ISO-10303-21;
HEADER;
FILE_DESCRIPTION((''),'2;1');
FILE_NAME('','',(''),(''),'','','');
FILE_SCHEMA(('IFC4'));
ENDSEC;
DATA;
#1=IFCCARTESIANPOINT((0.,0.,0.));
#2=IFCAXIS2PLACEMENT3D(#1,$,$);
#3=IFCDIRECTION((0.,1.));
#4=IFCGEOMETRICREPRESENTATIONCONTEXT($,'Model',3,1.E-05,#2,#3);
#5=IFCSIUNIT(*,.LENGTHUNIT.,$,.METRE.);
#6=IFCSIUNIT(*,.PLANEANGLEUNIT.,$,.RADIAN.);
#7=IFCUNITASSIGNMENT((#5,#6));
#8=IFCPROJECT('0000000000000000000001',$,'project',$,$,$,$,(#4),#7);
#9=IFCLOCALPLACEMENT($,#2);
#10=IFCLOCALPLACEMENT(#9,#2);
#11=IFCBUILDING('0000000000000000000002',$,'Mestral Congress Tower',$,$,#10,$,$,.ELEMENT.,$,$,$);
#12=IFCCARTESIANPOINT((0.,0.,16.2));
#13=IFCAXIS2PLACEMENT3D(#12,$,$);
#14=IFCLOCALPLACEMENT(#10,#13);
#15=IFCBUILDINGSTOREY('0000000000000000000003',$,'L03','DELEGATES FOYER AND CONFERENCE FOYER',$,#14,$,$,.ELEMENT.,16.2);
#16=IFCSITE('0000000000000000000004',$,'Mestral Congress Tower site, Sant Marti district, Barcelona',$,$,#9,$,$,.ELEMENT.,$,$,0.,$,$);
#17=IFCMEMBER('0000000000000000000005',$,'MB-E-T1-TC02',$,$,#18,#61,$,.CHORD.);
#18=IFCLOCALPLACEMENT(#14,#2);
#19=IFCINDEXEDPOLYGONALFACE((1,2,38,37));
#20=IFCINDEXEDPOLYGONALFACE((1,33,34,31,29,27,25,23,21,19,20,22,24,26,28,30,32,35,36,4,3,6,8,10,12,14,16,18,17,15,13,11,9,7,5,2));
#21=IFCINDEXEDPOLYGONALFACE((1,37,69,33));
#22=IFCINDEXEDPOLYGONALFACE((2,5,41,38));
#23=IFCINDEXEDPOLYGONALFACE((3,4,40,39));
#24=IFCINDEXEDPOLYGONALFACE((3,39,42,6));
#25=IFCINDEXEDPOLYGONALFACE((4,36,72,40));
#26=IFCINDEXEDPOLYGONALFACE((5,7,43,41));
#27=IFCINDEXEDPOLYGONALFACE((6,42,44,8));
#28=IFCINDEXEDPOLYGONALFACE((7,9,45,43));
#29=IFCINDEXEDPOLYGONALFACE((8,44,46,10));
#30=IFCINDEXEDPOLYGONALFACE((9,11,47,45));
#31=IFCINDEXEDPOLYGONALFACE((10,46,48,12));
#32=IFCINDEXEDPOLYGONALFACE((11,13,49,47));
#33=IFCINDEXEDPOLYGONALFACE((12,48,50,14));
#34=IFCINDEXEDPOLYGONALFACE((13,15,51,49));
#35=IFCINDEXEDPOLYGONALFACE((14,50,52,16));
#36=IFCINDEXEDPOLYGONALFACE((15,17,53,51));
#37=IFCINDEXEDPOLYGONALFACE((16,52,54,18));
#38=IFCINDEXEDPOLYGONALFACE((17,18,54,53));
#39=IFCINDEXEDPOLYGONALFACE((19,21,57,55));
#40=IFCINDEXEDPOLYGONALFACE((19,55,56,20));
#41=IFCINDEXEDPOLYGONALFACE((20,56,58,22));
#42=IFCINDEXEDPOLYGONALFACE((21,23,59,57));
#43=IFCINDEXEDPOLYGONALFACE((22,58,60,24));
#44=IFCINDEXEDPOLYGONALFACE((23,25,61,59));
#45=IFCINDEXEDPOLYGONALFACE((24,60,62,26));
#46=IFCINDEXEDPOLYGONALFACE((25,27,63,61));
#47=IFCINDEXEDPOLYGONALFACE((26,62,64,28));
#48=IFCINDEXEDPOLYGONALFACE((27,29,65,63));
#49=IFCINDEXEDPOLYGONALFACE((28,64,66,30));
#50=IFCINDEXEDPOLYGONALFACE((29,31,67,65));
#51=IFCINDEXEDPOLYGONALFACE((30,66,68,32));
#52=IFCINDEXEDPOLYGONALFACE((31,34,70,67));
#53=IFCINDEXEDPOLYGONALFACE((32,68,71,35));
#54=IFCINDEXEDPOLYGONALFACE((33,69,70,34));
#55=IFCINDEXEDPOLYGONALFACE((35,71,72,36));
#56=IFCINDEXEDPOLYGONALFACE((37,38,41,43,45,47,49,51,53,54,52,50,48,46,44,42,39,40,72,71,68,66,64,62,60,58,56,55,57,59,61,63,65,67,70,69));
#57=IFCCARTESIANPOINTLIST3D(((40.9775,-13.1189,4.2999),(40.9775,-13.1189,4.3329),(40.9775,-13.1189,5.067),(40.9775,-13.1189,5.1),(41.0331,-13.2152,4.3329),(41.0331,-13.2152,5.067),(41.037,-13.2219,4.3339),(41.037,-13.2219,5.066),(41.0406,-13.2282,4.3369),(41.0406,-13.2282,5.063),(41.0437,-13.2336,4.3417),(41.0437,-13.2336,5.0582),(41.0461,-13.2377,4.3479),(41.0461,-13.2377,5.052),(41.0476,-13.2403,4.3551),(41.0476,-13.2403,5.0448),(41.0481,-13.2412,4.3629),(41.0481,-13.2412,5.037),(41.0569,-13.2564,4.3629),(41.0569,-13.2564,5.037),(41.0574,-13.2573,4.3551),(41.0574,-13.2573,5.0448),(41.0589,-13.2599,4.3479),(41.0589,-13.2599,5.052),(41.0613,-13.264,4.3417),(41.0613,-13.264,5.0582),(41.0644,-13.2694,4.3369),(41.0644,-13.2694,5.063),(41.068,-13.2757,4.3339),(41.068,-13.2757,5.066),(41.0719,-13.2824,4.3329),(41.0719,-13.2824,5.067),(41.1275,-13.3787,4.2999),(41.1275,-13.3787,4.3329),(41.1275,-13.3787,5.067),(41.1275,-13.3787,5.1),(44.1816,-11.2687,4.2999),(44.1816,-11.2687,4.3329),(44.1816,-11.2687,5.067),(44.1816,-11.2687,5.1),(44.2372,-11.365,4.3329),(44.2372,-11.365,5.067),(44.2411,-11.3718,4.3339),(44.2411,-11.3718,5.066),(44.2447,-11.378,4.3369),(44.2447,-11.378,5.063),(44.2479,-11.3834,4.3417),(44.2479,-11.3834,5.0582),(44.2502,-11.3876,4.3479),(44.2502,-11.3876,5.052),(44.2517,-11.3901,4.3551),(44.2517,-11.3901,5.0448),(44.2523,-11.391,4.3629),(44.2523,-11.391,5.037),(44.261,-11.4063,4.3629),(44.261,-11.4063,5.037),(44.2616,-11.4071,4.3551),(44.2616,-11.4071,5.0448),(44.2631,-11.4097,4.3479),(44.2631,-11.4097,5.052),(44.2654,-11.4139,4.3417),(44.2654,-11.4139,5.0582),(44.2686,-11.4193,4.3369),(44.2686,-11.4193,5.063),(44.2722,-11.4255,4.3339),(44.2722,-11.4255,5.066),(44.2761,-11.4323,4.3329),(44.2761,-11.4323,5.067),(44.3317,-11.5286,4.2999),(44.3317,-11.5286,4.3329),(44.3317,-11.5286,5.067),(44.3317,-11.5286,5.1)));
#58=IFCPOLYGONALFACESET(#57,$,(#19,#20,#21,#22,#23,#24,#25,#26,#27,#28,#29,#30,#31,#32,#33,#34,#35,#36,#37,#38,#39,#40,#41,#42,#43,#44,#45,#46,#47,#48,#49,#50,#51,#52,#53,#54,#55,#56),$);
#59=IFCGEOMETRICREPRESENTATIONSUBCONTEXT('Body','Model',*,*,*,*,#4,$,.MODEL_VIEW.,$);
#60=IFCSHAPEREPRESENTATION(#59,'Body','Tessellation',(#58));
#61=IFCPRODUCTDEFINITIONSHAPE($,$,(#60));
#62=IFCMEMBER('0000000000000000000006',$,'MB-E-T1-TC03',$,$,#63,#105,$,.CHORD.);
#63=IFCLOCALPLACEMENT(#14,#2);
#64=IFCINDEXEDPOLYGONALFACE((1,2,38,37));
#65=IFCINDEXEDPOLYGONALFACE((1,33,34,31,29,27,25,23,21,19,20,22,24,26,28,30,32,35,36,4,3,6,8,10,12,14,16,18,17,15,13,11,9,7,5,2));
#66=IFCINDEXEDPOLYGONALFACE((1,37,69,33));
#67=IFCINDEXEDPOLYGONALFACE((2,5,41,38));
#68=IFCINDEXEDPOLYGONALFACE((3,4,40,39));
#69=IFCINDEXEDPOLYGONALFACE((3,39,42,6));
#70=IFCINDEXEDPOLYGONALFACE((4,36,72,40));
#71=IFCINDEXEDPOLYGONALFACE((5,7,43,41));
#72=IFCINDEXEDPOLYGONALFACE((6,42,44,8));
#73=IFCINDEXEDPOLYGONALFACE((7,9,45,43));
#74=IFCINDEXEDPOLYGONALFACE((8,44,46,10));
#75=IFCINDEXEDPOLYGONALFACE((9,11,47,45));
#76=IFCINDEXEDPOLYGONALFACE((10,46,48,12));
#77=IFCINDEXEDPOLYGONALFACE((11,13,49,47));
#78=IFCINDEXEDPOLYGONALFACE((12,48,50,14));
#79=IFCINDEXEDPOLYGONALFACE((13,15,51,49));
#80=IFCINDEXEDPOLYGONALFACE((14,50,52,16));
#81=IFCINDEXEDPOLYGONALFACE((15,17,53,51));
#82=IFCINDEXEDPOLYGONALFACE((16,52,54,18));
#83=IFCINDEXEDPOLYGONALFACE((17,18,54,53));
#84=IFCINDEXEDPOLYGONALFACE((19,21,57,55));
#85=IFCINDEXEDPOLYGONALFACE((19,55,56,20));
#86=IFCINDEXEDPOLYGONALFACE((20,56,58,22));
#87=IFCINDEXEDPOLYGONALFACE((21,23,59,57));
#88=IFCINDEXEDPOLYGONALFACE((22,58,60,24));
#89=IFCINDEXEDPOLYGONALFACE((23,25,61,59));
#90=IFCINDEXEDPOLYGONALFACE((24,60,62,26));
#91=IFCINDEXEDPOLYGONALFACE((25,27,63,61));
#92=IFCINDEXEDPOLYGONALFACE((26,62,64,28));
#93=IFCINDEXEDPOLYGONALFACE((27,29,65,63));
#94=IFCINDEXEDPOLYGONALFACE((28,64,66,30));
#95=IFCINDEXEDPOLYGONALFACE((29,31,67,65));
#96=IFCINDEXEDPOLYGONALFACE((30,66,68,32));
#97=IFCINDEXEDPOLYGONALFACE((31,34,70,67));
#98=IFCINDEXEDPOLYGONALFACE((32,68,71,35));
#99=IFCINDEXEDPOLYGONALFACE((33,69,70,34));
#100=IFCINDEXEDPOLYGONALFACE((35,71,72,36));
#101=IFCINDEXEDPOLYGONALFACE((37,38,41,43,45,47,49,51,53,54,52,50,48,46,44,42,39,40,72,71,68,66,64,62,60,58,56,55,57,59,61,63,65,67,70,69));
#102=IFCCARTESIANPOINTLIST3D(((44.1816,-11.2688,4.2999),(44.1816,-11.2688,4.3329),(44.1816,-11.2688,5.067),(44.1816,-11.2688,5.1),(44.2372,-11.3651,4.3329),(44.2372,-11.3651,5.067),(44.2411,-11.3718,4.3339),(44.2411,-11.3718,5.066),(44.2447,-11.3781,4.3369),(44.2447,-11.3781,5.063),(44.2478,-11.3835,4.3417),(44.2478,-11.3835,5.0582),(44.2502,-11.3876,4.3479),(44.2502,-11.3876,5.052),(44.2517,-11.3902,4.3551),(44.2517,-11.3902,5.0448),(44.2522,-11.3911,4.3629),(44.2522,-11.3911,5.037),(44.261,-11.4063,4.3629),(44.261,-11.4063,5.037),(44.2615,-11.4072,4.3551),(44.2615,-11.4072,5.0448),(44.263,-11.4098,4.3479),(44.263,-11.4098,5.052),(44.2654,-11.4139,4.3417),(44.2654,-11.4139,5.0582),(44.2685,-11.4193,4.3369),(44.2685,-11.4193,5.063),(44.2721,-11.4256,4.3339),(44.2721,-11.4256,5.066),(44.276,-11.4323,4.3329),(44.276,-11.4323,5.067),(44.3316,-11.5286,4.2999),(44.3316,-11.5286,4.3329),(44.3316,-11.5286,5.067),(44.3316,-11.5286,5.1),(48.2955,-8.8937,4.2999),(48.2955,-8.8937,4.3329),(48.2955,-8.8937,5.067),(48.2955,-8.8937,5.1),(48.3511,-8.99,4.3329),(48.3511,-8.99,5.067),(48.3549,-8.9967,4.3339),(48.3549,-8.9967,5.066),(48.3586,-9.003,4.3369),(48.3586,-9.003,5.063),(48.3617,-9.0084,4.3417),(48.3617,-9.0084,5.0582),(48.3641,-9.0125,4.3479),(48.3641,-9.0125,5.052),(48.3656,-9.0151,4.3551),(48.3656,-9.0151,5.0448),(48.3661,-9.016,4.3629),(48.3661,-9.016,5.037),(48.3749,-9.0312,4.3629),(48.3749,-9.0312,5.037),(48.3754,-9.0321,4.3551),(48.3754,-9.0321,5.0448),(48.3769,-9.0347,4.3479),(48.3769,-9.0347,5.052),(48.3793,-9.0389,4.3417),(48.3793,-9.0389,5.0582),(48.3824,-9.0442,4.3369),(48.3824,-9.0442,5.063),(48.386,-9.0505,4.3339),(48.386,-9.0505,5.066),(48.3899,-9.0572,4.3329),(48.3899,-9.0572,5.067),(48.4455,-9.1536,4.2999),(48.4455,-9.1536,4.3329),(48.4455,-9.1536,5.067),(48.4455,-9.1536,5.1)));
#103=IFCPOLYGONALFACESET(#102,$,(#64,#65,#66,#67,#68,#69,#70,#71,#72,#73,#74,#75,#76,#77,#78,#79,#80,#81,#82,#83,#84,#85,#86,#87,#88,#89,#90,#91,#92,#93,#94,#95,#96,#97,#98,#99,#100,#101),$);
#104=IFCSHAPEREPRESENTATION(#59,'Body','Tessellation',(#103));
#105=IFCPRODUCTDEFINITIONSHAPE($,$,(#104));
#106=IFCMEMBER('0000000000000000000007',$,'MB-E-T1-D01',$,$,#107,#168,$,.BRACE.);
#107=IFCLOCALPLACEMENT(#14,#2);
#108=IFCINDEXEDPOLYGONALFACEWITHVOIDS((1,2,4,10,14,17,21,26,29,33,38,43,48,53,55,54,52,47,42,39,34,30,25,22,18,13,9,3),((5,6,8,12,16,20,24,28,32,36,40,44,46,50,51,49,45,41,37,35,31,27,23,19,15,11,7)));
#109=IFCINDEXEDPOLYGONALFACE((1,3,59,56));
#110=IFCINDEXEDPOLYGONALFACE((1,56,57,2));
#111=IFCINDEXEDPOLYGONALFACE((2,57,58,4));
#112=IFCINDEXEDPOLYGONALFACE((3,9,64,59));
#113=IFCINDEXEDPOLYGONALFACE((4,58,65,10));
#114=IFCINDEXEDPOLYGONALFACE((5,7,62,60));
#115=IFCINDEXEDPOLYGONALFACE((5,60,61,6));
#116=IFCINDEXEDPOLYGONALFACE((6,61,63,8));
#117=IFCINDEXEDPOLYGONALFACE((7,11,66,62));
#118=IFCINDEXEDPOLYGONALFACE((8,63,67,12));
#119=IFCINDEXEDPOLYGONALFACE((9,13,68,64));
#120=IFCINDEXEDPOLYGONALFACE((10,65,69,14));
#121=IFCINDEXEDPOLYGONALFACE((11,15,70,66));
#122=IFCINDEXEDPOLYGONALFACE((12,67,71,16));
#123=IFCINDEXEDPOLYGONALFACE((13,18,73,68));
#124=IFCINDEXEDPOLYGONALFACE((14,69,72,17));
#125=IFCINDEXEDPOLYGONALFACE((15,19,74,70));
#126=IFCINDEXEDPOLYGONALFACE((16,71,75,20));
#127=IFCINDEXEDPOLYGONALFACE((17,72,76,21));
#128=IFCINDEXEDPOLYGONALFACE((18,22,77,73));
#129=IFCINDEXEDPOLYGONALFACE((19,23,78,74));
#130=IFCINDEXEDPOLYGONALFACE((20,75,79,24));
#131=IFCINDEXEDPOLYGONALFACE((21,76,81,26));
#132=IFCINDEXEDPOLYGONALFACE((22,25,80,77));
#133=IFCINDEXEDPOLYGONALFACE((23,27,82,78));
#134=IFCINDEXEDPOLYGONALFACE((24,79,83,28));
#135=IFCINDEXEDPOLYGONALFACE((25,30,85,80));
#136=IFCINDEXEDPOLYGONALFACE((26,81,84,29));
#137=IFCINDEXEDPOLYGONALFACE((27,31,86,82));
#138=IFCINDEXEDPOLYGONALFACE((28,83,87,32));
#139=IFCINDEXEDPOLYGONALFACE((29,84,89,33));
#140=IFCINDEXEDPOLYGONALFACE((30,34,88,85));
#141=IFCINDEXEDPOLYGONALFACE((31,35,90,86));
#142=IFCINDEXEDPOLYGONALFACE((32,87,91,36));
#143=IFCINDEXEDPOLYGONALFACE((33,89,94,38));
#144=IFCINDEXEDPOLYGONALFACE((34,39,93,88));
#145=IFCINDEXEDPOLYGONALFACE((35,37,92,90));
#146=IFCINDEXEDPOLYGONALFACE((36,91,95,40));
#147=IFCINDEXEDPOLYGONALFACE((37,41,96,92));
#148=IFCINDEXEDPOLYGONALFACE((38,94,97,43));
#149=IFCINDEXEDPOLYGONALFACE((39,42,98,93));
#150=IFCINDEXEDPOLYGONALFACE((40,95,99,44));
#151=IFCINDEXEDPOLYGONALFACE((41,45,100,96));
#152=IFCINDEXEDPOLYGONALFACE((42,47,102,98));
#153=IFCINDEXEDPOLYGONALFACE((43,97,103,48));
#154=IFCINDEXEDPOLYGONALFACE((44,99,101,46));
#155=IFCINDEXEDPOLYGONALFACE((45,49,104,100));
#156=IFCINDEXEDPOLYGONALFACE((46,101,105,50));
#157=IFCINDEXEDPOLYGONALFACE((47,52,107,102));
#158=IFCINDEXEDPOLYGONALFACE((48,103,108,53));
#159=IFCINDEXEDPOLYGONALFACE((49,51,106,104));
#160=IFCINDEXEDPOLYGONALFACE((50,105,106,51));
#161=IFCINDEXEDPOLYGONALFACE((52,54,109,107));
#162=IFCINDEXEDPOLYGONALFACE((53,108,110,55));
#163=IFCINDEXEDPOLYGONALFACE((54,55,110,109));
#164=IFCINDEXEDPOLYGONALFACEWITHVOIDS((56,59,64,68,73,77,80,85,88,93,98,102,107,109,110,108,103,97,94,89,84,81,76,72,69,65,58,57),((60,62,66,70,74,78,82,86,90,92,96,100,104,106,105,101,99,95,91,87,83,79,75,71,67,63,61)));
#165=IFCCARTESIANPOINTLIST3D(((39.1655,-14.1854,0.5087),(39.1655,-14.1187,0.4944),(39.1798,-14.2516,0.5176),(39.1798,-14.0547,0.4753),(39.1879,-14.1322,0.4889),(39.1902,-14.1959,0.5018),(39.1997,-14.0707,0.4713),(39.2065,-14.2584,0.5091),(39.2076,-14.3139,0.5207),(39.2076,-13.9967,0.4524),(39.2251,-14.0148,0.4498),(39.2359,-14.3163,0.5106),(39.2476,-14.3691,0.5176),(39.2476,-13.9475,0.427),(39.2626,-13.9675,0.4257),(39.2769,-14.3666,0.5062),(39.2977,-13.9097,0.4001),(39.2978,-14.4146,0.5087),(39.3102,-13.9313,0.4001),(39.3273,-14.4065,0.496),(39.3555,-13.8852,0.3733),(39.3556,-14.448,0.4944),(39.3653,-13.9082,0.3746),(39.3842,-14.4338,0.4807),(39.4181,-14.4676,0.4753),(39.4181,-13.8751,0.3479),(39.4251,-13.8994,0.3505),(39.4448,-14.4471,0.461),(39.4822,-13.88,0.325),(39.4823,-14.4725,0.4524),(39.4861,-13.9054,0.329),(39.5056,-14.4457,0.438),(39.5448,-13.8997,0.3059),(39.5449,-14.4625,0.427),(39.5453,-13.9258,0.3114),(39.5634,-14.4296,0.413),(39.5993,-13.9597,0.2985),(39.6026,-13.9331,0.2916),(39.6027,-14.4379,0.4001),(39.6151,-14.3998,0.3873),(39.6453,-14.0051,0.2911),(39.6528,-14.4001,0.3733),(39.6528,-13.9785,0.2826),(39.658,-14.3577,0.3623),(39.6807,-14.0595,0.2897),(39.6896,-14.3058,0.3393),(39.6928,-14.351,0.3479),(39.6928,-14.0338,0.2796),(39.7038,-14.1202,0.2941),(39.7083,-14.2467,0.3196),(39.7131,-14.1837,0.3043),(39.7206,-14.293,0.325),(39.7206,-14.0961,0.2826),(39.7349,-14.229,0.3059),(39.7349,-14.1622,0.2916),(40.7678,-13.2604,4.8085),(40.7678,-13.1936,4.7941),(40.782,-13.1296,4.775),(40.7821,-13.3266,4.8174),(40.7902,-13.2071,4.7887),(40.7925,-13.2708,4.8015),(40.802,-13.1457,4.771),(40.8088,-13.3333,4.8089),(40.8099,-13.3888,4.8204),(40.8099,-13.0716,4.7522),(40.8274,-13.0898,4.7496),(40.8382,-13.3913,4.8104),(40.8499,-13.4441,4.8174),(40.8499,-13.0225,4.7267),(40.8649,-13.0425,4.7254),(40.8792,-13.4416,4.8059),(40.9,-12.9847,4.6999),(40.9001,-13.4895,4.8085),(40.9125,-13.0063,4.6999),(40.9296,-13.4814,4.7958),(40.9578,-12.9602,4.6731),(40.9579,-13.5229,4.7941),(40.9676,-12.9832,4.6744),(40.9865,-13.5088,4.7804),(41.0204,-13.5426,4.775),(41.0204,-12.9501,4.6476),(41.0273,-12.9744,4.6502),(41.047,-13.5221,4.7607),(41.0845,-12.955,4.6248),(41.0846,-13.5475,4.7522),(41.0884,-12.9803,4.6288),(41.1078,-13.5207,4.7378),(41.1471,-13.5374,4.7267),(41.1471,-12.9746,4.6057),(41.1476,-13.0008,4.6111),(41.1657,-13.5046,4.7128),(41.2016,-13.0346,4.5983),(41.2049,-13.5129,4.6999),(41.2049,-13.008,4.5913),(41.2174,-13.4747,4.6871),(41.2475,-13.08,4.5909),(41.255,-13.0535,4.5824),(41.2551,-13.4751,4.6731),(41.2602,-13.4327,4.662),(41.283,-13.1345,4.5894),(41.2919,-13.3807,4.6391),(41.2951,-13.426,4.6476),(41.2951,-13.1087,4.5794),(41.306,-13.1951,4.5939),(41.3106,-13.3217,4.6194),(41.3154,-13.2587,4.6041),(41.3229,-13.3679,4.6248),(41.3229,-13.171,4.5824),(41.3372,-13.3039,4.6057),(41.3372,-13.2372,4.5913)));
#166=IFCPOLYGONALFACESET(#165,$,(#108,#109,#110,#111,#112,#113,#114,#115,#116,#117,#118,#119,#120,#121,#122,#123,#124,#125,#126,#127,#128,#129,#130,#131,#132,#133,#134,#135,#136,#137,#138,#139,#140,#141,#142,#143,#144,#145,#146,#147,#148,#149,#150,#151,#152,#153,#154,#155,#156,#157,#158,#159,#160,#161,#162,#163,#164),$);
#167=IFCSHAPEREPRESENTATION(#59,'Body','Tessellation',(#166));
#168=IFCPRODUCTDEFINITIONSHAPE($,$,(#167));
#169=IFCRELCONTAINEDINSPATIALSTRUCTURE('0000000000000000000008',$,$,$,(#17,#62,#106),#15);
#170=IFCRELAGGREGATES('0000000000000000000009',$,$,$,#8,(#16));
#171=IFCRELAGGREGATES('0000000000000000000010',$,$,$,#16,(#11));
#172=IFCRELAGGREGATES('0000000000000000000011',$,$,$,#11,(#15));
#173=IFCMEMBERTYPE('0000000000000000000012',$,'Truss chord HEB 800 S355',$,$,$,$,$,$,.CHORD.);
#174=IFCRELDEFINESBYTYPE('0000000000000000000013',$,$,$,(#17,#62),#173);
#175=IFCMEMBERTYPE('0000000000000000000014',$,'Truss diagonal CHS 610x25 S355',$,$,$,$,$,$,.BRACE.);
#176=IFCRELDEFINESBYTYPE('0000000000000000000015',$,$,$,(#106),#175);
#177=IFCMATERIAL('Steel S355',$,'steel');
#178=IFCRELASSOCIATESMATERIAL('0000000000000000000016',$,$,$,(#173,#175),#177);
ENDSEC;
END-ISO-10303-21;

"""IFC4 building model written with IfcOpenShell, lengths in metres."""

from ifc_helpers import new_model, si_unit, direction, frame, origin, origin_2d, place, context, subcontext, project, spatial, hollow_circle, i_section, extrude, material, material_profile, profile_set, type_object, element, save


model = new_model("IFC4")

# Units and contexts
model_context = context("Model", 3, precision=1e-05, world=origin(), true_north=direction((0.0, 1.0)))
body_context = subcontext(model_context, "Body", "Model", "MODEL_VIEW")
ifc_project = project(units=[si_unit("LENGTHUNIT", "METRE"), si_unit("PLANEANGLEUNIT", "RADIAN")], contexts=[model_context])

# Site, building, storey
site_placement = place(None, origin())
site = spatial("IfcSite", under=ifc_project, at=site_placement, Name="Mestral Congress Tower site, Sant Marti district, Barcelona", CompositionType="ELEMENT", RefElevation=0.0)
building_placement = place(site_placement, origin())
building = spatial("IfcBuilding", under=site, at=building_placement, Name="Mestral Congress Tower", CompositionType="ELEMENT")
storey_placement = place(building_placement, frame((0.0, 0.0, 16.2)))
storey = spatial("IfcBuildingStorey", under=building, at=storey_placement, Name="L03", Description="DELEGATES FOYER AND CONFERENCE FOYER", CompositionType="ELEMENT", Elevation=16.2)

# Shared definitions
ifc_material_1 = material(Name="Steel S355", Category="steel")

# Members
ifc_material_profile_1 = material_profile(ifc_material_1, i_section(OverallWidth=0.3, OverallDepth=0.8, WebThickness=0.0176, FlangeThickness=0.033, FilletRadius=0.03, at=origin_2d()), Name="HEB 800")
ifc_profile_set_1 = profile_set([ifc_material_profile_1], Name="Steel S355")
member_type_1 = type_object("IfcMemberType", Name="Truss chord HEB 800 S355", PredefinedType="CHORD", material=ifc_profile_set_1)
member_1_placement = place(storey_placement, frame((41.0525, -13.2488, 4.7), z_axis=(0.866001, 0.500042, 0.0), x_axis=(-0.500042, 0.866001, 0.0)))
element("IfcMember", 1, at=member_1_placement, inside=storey, type_object=member_type_1, Name="MB-E-T1-TC02", PredefinedType="CHORD", context=body_context, shape_type="SweptSolid", body=[
    extrude(i_section(OverallWidth=0.3, OverallDepth=0.8, WebThickness=0.0176, FlangeThickness=0.033, FilletRadius=0.03, at=origin_2d()), origin(), (0.0, 0.0, 1.0), 3.7),
])
member_2_placement = place(storey_placement, frame((44.2566, -11.3987, 4.7), z_axis=(0.866033, 0.499986, 0.0), x_axis=(-0.499986, 0.866033, 0.0)))
element("IfcMember", 2, at=member_2_placement, inside=storey, type_object=member_type_1, Name="MB-E-T1-TC03", PredefinedType="CHORD", context=body_context, shape_type="SweptSolid", body=[
    extrude(i_section(OverallWidth=0.3, OverallDepth=0.8, WebThickness=0.0176, FlangeThickness=0.033, FilletRadius=0.03, at=origin_2d()), origin(), (0.0, 0.0, 1.0), 4.7502),
])
ifc_material_profile_2 = material_profile(ifc_material_1, hollow_circle(Radius=0.3049, WallThickness=0.0249, at=origin_2d()), Name="CHS 610x25")
ifc_profile_set_2 = profile_set([ifc_material_profile_2], Name="Steel S355")
member_type_2 = type_object("IfcMemberType", Name="Truss diagonal CHS 610x25 S355", PredefinedType="BRACE", material=ifc_profile_set_2)
for number, where, z_axis, x_axis, name in (
    (3, (39.4502, -14.1738, 0.4001), (0.342301, 0.197619, 0.918573), (-0.499985, 0.866034, 0.0), "MB-E-T1-D01"),
):
    element("IfcMember", number, at=place(storey_placement, frame(where, z_axis=z_axis, x_axis=x_axis)), inside=storey, type_object=member_type_2, Name=name, PredefinedType="BRACE", context=body_context, shape_type="SweptSolid", body=[
        extrude(hollow_circle(Radius=0.3049, WallThickness=0.0249, at=origin_2d()), origin(), (0.0, 0.0, 1.0), 4.6809),
    ])

save(model, "model.ifc")
